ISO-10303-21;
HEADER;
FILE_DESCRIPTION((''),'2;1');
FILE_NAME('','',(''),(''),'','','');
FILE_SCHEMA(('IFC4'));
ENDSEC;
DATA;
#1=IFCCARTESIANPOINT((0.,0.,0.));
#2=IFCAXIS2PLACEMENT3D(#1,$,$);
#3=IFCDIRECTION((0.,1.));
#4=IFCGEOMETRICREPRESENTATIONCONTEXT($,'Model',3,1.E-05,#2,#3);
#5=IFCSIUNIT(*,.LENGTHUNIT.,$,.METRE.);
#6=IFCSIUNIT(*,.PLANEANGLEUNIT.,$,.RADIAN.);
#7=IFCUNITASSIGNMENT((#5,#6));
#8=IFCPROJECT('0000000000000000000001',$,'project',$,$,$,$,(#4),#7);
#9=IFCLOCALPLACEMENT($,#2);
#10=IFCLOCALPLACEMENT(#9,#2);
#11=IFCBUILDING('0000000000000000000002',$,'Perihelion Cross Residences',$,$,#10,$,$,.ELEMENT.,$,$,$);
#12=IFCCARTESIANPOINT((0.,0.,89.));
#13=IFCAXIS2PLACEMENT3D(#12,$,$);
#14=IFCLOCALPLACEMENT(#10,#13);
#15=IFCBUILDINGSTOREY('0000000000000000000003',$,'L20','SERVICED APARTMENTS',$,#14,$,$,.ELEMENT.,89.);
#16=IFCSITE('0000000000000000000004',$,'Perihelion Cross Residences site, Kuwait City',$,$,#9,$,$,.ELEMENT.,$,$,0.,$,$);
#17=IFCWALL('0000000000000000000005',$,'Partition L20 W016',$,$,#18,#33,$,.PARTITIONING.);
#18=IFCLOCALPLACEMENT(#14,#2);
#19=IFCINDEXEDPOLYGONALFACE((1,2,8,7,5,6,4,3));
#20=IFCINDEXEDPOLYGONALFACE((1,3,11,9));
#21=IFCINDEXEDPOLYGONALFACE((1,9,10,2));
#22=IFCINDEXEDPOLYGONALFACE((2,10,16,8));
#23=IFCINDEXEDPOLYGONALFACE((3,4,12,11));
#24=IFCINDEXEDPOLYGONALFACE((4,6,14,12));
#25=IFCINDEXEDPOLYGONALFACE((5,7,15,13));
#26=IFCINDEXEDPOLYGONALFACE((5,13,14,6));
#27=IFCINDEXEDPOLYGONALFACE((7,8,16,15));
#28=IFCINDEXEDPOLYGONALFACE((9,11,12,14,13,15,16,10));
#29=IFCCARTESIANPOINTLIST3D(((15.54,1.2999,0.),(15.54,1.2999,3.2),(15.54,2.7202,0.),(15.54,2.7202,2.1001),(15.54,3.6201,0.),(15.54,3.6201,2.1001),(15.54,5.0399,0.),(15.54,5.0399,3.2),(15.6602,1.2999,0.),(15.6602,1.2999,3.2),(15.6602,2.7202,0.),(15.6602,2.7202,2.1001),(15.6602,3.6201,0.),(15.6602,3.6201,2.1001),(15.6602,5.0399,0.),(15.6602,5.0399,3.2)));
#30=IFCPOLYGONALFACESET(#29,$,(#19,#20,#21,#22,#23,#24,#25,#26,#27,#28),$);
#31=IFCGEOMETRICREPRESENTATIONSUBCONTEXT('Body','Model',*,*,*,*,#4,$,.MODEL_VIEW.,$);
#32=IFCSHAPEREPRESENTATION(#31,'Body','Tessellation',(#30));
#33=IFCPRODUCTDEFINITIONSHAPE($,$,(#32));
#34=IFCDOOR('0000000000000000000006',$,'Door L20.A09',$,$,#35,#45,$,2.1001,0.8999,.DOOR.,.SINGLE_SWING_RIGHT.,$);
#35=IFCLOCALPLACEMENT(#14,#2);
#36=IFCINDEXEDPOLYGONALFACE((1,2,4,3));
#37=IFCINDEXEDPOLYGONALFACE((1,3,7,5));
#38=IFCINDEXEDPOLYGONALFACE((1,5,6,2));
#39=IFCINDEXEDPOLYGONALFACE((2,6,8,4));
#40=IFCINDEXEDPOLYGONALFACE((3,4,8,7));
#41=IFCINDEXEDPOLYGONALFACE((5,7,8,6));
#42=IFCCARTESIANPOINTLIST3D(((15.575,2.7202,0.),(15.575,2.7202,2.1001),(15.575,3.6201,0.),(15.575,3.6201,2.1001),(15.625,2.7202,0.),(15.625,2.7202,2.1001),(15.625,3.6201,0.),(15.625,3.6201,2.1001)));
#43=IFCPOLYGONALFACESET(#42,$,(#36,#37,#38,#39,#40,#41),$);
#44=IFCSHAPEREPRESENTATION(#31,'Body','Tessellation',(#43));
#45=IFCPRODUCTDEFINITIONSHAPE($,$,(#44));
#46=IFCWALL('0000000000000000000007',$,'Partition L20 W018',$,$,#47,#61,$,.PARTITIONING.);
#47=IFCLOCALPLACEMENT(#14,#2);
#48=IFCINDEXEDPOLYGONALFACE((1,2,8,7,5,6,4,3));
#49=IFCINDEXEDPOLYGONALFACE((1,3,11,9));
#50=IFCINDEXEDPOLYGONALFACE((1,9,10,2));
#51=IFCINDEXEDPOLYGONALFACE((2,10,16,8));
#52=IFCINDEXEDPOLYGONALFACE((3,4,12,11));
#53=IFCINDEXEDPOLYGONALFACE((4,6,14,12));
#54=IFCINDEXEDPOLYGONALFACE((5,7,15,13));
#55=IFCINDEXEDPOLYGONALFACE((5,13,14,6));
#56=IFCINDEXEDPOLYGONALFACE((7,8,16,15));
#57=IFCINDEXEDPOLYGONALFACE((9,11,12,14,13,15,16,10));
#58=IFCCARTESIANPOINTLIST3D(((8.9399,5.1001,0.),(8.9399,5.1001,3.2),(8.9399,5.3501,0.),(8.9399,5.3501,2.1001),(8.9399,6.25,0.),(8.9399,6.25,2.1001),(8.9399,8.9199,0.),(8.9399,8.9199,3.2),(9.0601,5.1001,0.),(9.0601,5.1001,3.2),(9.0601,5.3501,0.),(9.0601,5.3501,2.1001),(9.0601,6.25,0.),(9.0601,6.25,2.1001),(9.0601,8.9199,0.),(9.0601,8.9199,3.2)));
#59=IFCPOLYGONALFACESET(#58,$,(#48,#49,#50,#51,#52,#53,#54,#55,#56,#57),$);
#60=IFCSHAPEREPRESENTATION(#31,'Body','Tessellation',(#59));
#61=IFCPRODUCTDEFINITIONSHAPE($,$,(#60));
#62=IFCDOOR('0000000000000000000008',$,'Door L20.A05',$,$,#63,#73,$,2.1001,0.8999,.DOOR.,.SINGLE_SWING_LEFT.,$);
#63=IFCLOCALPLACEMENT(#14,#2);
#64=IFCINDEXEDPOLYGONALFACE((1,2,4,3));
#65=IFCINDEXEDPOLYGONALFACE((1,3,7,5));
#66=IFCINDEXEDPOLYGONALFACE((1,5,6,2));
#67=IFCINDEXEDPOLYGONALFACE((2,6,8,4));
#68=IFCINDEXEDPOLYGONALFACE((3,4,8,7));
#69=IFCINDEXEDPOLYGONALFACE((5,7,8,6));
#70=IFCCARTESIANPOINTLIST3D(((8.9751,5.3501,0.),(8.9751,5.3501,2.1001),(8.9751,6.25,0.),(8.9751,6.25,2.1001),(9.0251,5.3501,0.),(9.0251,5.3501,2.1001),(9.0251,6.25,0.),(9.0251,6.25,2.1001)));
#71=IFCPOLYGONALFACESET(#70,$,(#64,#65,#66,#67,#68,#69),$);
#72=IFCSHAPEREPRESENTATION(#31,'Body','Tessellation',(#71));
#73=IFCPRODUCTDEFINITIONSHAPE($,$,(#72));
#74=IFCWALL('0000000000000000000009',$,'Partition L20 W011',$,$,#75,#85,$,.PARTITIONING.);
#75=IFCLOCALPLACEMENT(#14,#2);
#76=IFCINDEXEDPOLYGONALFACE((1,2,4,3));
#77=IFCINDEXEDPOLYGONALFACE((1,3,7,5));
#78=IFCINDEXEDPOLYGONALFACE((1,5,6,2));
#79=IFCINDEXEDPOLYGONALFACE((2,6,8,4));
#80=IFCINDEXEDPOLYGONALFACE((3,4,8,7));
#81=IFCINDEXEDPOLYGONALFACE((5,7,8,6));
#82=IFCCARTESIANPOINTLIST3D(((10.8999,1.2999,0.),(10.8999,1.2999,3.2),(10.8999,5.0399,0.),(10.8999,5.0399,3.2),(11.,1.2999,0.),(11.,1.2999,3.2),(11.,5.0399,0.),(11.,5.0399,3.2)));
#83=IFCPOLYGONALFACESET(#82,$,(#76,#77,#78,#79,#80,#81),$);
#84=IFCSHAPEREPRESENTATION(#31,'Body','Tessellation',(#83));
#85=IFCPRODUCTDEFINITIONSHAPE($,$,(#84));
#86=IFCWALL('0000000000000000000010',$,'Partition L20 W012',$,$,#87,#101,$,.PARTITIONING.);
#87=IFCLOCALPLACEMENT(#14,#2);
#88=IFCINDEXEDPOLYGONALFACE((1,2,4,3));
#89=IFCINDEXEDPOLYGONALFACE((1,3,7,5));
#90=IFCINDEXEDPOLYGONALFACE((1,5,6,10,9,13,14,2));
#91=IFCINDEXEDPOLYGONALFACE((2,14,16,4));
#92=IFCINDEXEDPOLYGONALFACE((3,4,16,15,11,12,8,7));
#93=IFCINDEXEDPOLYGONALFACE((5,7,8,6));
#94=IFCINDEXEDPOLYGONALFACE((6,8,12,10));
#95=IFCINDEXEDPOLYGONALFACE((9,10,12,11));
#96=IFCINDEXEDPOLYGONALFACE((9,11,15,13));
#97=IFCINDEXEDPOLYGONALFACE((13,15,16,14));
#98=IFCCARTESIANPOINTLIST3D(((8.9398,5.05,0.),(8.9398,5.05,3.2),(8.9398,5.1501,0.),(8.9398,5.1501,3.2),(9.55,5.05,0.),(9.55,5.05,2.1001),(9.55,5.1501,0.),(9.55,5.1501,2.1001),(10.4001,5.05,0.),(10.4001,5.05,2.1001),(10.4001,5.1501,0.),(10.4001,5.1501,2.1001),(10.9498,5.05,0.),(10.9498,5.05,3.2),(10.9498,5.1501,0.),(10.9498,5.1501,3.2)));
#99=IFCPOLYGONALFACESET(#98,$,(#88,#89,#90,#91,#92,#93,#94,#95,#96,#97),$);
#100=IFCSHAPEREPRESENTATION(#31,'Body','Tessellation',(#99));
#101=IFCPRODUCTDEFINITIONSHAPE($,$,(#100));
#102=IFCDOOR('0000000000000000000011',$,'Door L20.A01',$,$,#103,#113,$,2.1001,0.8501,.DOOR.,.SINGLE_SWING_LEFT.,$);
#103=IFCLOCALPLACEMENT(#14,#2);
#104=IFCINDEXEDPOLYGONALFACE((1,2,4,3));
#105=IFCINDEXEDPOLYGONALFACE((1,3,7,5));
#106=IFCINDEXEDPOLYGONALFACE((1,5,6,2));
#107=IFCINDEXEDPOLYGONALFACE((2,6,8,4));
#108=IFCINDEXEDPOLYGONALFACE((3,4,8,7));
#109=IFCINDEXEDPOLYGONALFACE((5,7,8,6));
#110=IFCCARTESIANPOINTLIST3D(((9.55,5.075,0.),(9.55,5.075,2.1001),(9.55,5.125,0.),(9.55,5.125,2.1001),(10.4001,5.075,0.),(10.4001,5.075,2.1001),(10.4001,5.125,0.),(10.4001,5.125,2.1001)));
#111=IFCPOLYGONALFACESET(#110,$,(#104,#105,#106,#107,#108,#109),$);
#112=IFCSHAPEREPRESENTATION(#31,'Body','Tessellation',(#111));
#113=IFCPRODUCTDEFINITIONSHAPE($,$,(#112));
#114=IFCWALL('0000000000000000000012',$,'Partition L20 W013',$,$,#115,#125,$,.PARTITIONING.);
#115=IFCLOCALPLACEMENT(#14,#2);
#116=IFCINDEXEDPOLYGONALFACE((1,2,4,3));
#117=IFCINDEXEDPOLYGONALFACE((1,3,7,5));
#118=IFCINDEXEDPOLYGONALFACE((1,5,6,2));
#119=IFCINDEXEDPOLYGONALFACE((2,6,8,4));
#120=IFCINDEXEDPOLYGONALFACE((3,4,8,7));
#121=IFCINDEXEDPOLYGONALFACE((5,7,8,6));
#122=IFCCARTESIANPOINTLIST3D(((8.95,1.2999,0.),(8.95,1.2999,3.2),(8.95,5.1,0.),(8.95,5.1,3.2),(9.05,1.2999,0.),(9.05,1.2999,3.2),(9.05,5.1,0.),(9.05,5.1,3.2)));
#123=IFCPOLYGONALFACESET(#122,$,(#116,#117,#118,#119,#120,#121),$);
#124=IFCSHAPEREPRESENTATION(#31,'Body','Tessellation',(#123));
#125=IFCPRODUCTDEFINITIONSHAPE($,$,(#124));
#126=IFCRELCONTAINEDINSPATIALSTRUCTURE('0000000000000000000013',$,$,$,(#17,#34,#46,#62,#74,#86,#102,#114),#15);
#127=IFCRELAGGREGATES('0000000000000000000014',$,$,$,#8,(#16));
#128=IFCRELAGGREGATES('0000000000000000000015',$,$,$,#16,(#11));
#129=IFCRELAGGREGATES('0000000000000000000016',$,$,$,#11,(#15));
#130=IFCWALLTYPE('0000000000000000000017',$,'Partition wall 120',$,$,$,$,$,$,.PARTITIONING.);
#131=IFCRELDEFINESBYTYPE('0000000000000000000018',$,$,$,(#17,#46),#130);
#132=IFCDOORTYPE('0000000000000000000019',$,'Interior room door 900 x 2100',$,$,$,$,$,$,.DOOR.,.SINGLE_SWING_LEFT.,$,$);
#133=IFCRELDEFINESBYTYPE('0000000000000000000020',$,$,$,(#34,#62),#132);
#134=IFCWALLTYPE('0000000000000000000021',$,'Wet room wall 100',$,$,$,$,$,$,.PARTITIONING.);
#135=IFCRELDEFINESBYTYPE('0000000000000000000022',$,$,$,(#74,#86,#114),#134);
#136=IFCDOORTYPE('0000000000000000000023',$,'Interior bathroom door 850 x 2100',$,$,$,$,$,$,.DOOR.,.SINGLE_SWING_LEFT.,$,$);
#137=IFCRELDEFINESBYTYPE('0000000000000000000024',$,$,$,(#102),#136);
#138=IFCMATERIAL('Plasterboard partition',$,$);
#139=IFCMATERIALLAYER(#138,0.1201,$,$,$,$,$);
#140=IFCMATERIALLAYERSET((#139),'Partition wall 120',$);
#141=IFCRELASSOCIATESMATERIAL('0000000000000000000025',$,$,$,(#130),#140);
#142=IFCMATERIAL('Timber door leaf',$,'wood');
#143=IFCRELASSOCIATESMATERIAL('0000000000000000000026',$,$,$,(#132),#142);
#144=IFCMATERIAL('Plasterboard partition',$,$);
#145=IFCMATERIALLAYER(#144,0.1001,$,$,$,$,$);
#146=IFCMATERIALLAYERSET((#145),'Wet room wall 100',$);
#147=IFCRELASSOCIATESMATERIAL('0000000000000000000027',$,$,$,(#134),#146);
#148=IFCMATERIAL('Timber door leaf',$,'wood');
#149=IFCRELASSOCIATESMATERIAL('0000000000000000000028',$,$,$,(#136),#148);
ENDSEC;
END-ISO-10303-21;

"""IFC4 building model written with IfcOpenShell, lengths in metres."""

from ifc_helpers import new_model, si_unit, direction, frame, frame_2d, origin, place, context, subcontext, project, spatial, rectangle, extrude, material, layer, layer_set, type_object, element, fill, save


model = new_model("IFC4")

# Units and contexts
model_context = context("Model", 3, precision=1e-05, world=origin(), true_north=direction((0.0, 1.0)))
body_context = subcontext(model_context, "Body", "Model", "MODEL_VIEW")
ifc_project = project(units=[si_unit("LENGTHUNIT", "METRE"), si_unit("PLANEANGLEUNIT", "RADIAN")], contexts=[model_context])

# Site, building, storey
site_placement = place(None, origin())
site = spatial("IfcSite", under=ifc_project, at=site_placement, Name="Perihelion Cross Residences site, Kuwait City", CompositionType="ELEMENT", RefElevation=0.0)
building_placement = place(site_placement, origin())
building = spatial("IfcBuilding", under=site, at=building_placement, Name="Perihelion Cross Residences", CompositionType="ELEMENT")
storey_placement = place(building_placement, frame((0.0, 0.0, 89.0)))
storey = spatial("IfcBuildingStorey", under=building, at=storey_placement, Name="L20", Description="SERVICED APARTMENTS", CompositionType="ELEMENT", Elevation=89.0)

# Shared definitions
ifc_material_1 = material(Name="Plasterboard partition")
ifc_layer_1 = layer(ifc_material_1, 0.1201)
ifc_layer_set_1 = layer_set([ifc_layer_1], Name="Partition wall 120")
wall_type_1 = type_object("IfcWallType", Name="Partition wall 120", PredefinedType="PARTITIONING", material=ifc_layer_set_1)

# Shared definitions
ifc_material_2 = material(Name="Timber door leaf", Category="wood")
door_type_1 = type_object("IfcDoorType", Name="Interior room door 900 x 2100", OperationType="SINGLE_SWING_LEFT", PredefinedType="DOOR", material=ifc_material_2)

# Walls, openings, doors
wall_1_placement = place(storey_placement, frame((15.6001, 5.04, 0.0), z_axis=(0.0, 0.0, 1.0), x_axis=(0.0, -1.0, 0.0)))
wall_1 = element("IfcWall", 1, at=wall_1_placement, inside=storey, type_object=wall_type_1, Name="Partition L20 W016", PredefinedType="PARTITIONING", context=body_context, shape_type="SweptSolid", body=[
    extrude(rectangle(XDim=3.74, YDim=0.1201, at=frame_2d((1.8701, 0.0))), origin(), (0.0, 0.0, 1.0), 3.2),
])
opening_1_placement = place(wall_1_placement, frame((1.4199, 0.0, 0.0)))
opening_1 = element("IfcOpeningElement", 2, at=opening_1_placement, cuts=wall_1, PredefinedType="OPENING", context=body_context, shape_type="SweptSolid", body=[
    extrude(rectangle(XDim=0.8999, YDim=2.1001, at=frame_2d((0.45, 1.05))), frame((0.0, 0.0701, 0.0), z_axis=(0.0, -1.0, 0.0), x_axis=(1.0, 0.0, 0.0)), (0.0, 0.0, 1.0), 0.1401),
])
door_1_placement = place(opening_1_placement, origin())
door_1 = element("IfcDoor", 3, at=door_1_placement, inside=storey, type_object=door_type_1, Name="Door L20.A09", OperationType="SINGLE_SWING_RIGHT", OverallHeight=2.1001, OverallWidth=0.8999, PredefinedType="DOOR", context=body_context, shape_type="SweptSolid", body=[
    extrude(rectangle(XDim=0.8999, YDim=2.1001, at=frame_2d((0.45, 1.05))), frame((0.0, 0.0249, 0.0), z_axis=(0.0, -1.0, 0.0), x_axis=(1.0, 0.0, 0.0)), (0.0, 0.0, 1.0), 0.05),
])
fill(opening_1, door_1)
wall_2_placement = place(storey_placement, frame((9.0, 5.1001, 0.0), z_axis=(0.0, 0.0, 1.0), x_axis=(0.0, 1.0, 0.0)))
wall_2 = element("IfcWall", 4, at=wall_2_placement, inside=storey, type_object=wall_type_1, Name="Partition L20 W018", PredefinedType="PARTITIONING", context=body_context, shape_type="SweptSolid", body=[
    extrude(rectangle(XDim=3.8198, YDim=0.1201, at=frame_2d((1.9099, 0.0))), origin(), (0.0, 0.0, 1.0), 3.2),
])
opening_2_placement = place(wall_2_placement, frame((0.25, 0.0, 0.0)))
opening_2 = element("IfcOpeningElement", 5, at=opening_2_placement, cuts=wall_2, PredefinedType="OPENING", context=body_context, shape_type="SweptSolid", body=[
    extrude(rectangle(XDim=0.8999, YDim=2.1001, at=frame_2d((0.45, 1.05))), frame((0.0, 0.0701, 0.0), z_axis=(0.0, -1.0, 0.0), x_axis=(1.0, 0.0, 0.0)), (0.0, 0.0, 1.0), 0.1401),
])
door_2_placement = place(opening_2_placement, origin())
door_2 = element("IfcDoor", 6, at=door_2_placement, inside=storey, type_object=door_type_1, Name="Door L20.A05", OperationType="SINGLE_SWING_LEFT", OverallHeight=2.1001, OverallWidth=0.8999, PredefinedType="DOOR", context=body_context, shape_type="SweptSolid", body=[
    extrude(rectangle(XDim=0.8999, YDim=2.1001, at=frame_2d((0.45, 1.05))), frame((0.0, 0.0249, 0.0), z_axis=(0.0, -1.0, 0.0), x_axis=(1.0, 0.0, 0.0)), (0.0, 0.0, 1.0), 0.05),
])
fill(opening_2, door_2)

# Wall
ifc_material_3 = material(Name="Plasterboard partition")
ifc_layer_2 = layer(ifc_material_3, 0.1001)
ifc_layer_set_2 = layer_set([ifc_layer_2], Name="Wet room wall 100")
wall_type_2 = type_object("IfcWallType", Name="Wet room wall 100", PredefinedType="PARTITIONING", material=ifc_layer_set_2)
wall_3_placement = place(storey_placement, frame((10.95, 5.04, 0.0), z_axis=(0.0, 0.0, 1.0), x_axis=(0.0, -1.0, 0.0)))
element("IfcWall", 7, at=wall_3_placement, inside=storey, type_object=wall_type_2, Name="Partition L20 W011", PredefinedType="PARTITIONING", context=body_context, shape_type="SweptSolid", body=[
    extrude(rectangle(XDim=3.74, YDim=0.1001, at=frame_2d((1.8701, 0.0))), origin(), (0.0, 0.0, 1.0), 3.2),
])

# Wall, opening, door
wall_4_placement = place(storey_placement, frame((8.9399, 5.1001, 0.0), z_axis=(0.0, 0.0, 1.0), x_axis=(1.0, 0.0, 0.0)))
wall_4 = element("IfcWall", 8, at=wall_4_placement, inside=storey, type_object=wall_type_2, Name="Partition L20 W012", PredefinedType="PARTITIONING", context=body_context, shape_type="SweptSolid", body=[
    extrude(rectangle(XDim=2.01, YDim=0.1001, at=frame_2d((1.0049, 0.0))), origin(), (0.0, 0.0, 1.0), 3.2),
])
opening_3_placement = place(wall_4_placement, frame((0.6101, 0.0, 0.0)))
opening_3 = element("IfcOpeningElement", 9, at=opening_3_placement, cuts=wall_4, PredefinedType="OPENING", context=body_context, shape_type="SweptSolid", body=[
    extrude(rectangle(XDim=0.8501, YDim=2.1001, at=frame_2d((0.425, 1.05))), frame((0.0, 0.0601, 0.0), z_axis=(0.0, -1.0, 0.0), x_axis=(1.0, 0.0, 0.0)), (0.0, 0.0, 1.0), 0.1201),
])
ifc_material_4 = material(Name="Timber door leaf", Category="wood")
door_type_2 = type_object("IfcDoorType", Name="Interior bathroom door 850 x 2100", OperationType="SINGLE_SWING_LEFT", PredefinedType="DOOR", material=ifc_material_4)
door_3_placement = place(opening_3_placement, origin())
door_3 = element("IfcDoor", 10, at=door_3_placement, inside=storey, type_object=door_type_2, Name="Door L20.A01", OperationType="SINGLE_SWING_LEFT", OverallHeight=2.1001, OverallWidth=0.8501, PredefinedType="DOOR", context=body_context, shape_type="SweptSolid", body=[
    extrude(rectangle(XDim=0.8501, YDim=2.1001, at=frame_2d((0.425, 1.05))), frame((0.0, 0.0249, 0.0), z_axis=(0.0, -1.0, 0.0), x_axis=(1.0, 0.0, 0.0)), (0.0, 0.0, 1.0), 0.05),
])
fill(opening_3, door_3)

# Wall
wall_5_placement = place(storey_placement, frame((9.0, 1.3, 0.0), z_axis=(0.0, 0.0, 1.0), x_axis=(0.0, 1.0, 0.0)))
element("IfcWall", 11, at=wall_5_placement, inside=storey, type_object=wall_type_2, Name="Partition L20 W013", PredefinedType="PARTITIONING", context=body_context, shape_type="SweptSolid", body=[
    extrude(rectangle(XDim=3.8, YDim=0.1001, at=frame_2d((1.8999, 0.0))), origin(), (0.0, 0.0, 1.0), 3.2),
])

save(model, "model.ifc")
